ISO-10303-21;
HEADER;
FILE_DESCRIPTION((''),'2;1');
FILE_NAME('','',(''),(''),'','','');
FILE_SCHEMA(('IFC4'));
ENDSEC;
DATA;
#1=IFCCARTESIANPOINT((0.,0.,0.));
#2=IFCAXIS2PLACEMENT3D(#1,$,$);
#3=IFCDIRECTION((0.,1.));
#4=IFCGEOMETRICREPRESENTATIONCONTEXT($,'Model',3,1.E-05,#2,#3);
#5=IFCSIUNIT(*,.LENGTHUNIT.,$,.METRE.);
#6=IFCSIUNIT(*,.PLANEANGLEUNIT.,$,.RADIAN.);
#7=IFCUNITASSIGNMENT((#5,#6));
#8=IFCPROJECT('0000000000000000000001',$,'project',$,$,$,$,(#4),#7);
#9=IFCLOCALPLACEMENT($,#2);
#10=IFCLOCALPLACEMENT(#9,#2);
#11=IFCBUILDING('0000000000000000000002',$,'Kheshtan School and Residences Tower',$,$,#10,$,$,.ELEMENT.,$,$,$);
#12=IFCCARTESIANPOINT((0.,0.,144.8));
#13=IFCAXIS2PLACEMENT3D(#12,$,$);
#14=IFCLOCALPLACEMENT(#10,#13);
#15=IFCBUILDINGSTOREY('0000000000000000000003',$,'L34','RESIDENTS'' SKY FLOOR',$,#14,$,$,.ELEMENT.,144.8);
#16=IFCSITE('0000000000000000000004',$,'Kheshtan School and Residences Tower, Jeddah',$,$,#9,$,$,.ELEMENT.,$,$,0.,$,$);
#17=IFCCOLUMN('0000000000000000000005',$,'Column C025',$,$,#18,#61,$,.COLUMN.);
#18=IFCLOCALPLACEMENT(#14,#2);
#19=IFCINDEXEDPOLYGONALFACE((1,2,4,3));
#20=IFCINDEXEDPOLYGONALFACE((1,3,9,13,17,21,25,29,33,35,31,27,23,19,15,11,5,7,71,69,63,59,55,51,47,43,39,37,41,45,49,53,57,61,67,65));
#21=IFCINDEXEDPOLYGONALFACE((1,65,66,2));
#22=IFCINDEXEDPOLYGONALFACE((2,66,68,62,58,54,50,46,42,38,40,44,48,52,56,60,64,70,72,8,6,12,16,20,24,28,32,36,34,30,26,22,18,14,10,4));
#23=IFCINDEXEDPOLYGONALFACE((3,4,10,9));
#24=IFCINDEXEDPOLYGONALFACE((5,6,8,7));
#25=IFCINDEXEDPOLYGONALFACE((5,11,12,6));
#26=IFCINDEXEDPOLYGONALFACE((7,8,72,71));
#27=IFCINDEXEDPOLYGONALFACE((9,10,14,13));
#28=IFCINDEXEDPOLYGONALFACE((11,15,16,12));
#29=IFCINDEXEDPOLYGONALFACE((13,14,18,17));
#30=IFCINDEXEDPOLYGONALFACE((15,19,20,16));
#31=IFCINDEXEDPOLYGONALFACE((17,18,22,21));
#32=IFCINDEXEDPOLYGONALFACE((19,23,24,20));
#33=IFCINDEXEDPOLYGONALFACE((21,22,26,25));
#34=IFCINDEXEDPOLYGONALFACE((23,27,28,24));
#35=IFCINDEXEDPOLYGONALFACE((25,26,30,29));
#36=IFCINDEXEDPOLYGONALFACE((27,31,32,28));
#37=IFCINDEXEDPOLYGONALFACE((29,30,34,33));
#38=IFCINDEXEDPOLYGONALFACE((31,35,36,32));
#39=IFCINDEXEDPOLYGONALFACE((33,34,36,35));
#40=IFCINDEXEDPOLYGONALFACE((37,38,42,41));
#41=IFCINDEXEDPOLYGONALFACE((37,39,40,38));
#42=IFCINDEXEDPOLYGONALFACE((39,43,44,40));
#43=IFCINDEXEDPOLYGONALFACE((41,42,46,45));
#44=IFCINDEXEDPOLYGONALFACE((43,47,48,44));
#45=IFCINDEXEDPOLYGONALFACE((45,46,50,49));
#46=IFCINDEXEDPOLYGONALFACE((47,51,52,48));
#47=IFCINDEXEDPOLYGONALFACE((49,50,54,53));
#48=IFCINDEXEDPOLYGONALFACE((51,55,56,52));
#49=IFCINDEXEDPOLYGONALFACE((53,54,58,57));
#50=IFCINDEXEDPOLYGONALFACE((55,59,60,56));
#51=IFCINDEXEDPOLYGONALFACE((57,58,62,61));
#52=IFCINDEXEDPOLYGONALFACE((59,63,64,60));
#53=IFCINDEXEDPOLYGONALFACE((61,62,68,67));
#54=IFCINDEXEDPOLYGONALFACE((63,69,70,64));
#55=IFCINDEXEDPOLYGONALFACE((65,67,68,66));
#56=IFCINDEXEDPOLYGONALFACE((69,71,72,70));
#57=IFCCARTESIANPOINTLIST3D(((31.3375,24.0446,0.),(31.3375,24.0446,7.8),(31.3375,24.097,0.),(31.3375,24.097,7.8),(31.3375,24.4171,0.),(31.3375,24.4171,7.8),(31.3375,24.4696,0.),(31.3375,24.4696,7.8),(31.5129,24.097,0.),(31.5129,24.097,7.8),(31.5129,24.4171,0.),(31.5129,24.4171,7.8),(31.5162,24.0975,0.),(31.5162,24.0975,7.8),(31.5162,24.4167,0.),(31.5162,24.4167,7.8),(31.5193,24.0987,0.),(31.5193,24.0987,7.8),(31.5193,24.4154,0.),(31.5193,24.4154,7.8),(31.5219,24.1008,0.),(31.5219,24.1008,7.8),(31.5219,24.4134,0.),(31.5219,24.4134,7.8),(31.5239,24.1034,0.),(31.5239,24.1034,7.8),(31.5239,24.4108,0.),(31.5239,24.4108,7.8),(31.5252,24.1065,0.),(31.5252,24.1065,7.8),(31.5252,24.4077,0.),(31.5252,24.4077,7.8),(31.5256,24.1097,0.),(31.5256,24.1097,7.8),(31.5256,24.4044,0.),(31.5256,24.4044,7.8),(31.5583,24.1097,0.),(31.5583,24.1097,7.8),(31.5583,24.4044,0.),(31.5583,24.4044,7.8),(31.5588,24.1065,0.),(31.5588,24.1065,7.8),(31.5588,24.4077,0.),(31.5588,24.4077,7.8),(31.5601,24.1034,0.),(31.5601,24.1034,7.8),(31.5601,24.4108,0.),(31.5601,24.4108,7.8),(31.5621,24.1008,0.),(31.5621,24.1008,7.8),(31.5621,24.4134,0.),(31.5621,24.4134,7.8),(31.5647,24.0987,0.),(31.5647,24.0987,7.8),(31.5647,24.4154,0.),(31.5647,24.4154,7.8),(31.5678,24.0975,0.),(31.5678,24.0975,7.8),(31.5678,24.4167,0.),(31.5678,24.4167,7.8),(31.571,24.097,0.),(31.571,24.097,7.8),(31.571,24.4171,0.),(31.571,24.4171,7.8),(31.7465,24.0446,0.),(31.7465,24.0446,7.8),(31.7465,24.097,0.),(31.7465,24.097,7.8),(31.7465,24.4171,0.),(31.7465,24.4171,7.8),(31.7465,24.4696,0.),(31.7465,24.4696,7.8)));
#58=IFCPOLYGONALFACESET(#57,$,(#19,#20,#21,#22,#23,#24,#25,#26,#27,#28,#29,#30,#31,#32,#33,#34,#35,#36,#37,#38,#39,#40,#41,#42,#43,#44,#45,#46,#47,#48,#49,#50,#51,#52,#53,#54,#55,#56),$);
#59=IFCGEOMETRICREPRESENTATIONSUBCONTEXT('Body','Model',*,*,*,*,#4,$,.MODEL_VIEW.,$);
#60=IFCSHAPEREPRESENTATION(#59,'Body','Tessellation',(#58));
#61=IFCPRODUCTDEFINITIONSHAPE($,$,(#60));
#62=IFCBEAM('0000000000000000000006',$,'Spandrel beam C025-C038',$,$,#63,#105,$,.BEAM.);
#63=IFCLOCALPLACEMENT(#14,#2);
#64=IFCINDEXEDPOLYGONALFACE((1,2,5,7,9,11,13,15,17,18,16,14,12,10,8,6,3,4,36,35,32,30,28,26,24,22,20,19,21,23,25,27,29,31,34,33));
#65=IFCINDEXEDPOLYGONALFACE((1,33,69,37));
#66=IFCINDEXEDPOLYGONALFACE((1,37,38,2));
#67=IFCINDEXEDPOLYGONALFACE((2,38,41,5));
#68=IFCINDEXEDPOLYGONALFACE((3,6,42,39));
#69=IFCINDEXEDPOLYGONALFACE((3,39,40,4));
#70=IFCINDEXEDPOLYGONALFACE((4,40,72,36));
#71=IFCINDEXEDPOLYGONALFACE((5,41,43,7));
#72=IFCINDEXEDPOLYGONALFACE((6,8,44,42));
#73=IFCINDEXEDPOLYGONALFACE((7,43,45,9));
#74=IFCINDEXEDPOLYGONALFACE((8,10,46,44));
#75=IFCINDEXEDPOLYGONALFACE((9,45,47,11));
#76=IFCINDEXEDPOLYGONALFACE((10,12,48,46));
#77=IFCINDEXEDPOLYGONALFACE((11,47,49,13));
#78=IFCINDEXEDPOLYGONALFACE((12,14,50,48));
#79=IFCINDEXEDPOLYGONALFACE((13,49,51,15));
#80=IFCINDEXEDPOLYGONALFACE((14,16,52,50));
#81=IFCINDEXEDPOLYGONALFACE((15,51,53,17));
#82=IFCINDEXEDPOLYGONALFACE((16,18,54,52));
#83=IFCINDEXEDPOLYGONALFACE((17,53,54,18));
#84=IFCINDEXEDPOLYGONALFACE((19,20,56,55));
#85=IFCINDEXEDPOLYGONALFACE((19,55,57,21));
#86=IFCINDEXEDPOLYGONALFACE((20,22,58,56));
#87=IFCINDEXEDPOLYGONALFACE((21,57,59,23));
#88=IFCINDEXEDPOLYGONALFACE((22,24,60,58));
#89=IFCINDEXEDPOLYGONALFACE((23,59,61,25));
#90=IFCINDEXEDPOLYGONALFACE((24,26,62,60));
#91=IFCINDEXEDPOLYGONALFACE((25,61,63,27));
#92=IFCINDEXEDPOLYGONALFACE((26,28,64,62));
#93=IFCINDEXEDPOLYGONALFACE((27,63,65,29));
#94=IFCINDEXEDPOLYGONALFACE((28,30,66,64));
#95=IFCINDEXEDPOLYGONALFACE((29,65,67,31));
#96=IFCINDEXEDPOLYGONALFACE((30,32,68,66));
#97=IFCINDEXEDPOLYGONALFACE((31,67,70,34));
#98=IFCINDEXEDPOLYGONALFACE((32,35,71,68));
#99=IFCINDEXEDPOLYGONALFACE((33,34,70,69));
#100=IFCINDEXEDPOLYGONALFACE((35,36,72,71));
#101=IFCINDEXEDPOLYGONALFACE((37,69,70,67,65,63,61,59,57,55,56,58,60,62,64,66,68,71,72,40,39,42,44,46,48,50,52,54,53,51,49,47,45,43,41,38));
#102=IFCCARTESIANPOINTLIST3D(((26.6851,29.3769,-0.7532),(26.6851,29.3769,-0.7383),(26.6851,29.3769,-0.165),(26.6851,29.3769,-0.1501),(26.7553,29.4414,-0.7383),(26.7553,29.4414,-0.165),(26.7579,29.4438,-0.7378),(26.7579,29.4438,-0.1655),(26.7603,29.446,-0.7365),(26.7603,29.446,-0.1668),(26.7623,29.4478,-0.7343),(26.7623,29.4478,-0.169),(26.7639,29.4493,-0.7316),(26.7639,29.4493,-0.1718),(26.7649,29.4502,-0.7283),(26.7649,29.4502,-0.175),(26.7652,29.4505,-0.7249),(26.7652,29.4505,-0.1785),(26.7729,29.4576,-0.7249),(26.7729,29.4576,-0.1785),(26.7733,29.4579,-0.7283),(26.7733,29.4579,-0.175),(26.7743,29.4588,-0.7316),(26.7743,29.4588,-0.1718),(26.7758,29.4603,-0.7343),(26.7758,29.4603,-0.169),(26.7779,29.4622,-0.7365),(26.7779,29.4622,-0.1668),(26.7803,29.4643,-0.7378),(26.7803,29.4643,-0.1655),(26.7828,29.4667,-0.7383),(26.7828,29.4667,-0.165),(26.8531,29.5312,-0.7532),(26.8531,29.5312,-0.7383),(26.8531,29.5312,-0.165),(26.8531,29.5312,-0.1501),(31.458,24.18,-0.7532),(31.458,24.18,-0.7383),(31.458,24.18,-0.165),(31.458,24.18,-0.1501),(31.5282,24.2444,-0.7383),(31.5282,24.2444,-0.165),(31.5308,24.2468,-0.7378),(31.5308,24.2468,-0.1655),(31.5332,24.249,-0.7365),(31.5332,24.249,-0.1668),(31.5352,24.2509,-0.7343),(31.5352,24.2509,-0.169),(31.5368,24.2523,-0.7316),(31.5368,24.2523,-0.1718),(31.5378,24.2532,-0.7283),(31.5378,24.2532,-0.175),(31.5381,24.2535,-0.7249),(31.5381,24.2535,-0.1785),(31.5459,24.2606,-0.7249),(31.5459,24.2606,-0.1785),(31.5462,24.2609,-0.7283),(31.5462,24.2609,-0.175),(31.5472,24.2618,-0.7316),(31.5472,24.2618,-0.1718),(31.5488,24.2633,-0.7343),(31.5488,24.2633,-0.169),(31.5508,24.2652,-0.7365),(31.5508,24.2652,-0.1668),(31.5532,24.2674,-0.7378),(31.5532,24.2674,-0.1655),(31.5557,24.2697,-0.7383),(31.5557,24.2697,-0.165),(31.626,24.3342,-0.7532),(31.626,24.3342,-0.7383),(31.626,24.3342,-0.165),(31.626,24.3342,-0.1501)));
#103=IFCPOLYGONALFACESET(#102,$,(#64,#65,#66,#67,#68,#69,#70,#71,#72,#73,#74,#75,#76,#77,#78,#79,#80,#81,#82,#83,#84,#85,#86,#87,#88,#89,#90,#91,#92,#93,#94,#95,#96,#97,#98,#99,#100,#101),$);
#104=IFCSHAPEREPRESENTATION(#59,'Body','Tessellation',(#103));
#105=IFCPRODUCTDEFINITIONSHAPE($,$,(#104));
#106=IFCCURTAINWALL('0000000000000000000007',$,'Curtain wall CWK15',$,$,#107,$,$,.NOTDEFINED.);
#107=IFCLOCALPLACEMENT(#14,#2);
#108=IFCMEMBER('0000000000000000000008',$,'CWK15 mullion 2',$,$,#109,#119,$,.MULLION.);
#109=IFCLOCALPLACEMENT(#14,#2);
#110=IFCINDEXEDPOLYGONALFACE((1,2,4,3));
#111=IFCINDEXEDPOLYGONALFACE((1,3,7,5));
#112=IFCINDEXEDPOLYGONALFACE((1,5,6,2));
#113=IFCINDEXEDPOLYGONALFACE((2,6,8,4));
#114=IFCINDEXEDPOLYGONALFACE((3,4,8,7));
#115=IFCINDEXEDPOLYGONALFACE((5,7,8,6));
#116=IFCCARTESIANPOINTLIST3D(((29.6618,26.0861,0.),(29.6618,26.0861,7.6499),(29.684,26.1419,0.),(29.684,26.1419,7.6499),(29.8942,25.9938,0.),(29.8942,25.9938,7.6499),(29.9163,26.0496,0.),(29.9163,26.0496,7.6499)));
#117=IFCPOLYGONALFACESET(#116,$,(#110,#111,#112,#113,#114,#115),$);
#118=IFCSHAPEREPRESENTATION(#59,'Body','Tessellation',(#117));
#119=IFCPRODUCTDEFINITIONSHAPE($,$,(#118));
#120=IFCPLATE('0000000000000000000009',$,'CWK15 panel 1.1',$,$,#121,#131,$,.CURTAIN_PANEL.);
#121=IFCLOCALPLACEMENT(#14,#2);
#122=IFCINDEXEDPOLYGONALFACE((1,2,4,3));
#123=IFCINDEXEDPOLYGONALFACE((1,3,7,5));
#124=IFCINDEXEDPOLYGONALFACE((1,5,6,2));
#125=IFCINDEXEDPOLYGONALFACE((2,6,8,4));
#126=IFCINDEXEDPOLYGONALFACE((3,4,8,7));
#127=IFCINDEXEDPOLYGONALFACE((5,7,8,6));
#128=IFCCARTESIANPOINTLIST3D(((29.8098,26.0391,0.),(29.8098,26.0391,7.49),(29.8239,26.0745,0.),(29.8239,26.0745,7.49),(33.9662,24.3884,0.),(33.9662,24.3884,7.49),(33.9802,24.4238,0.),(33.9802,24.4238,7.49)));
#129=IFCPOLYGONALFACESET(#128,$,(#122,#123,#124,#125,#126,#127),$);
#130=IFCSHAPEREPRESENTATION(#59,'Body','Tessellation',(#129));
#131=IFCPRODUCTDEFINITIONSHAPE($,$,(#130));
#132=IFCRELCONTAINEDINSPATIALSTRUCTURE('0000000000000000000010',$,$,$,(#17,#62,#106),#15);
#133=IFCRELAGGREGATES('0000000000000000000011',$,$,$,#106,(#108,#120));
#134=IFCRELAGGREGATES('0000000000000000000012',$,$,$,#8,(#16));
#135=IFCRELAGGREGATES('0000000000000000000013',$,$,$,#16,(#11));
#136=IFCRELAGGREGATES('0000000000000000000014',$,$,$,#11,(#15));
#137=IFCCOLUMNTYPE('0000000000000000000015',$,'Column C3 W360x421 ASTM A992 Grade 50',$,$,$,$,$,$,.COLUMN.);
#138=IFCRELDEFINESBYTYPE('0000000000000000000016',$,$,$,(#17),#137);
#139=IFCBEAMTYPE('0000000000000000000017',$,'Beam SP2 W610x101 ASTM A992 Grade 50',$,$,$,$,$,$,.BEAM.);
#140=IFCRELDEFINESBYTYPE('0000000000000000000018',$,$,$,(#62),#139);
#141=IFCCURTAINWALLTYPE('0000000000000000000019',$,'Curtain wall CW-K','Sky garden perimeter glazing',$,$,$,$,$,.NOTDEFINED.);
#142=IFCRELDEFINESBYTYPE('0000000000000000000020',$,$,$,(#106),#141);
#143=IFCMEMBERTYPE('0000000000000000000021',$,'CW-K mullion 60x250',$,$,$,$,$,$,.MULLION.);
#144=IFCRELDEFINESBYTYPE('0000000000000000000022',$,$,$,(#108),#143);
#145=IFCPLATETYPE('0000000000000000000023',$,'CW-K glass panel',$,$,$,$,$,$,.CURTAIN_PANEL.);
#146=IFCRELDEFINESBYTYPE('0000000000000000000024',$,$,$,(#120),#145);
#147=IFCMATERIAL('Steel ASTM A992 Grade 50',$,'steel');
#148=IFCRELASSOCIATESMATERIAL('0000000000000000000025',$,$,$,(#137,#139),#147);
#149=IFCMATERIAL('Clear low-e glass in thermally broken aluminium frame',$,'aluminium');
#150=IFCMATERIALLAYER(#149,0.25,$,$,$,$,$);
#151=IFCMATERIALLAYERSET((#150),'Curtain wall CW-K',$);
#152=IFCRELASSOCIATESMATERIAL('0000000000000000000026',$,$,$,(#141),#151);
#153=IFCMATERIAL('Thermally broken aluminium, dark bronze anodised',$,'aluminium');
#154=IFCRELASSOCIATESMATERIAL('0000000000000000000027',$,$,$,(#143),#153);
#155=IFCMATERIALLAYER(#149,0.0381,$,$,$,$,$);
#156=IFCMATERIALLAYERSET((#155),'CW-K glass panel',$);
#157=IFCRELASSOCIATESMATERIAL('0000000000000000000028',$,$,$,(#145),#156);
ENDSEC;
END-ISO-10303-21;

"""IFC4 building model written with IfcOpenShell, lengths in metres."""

from ifc_helpers import new_model, si_unit, direction, frame, origin, origin_2d, place, context, subcontext, project, spatial, rectangle, i_section, extrude, material, layer, layer_set, material_profile, profile_set, type_object, element, aggregate, save


model = new_model("IFC4")

# Units and contexts
model_context = context("Model", 3, precision=1e-05, world=origin(), true_north=direction((0.0, 1.0)))
body_context = subcontext(model_context, "Body", "Model", "MODEL_VIEW")
ifc_project = project(units=[si_unit("LENGTHUNIT", "METRE"), si_unit("PLANEANGLEUNIT", "RADIAN")], contexts=[model_context])

# Site, building, storey
site_placement = place(None, origin())
site = spatial("IfcSite", under=ifc_project, at=site_placement, Name="Kheshtan School and Residences Tower, Jeddah", CompositionType="ELEMENT", RefElevation=0.0)
building_placement = place(site_placement, origin())
building = spatial("IfcBuilding", under=site, at=building_placement, Name="Kheshtan School and Residences Tower", CompositionType="ELEMENT")
storey_placement = place(building_placement, frame((0.0, 0.0, 144.8)))
storey = spatial("IfcBuildingStorey", under=building, at=storey_placement, Name="L34", Description="RESIDENTS' SKY FLOOR", CompositionType="ELEMENT", Elevation=144.8)

# Column
ifc_material_1 = material(Name="Steel ASTM A992 Grade 50", Category="steel")
ifc_material_profile_1 = material_profile(ifc_material_1, i_section(OverallWidth=0.4089, OverallDepth=0.425, WebThickness=0.0327, FlangeThickness=0.0525, FilletRadius=0.0127, at=origin_2d()), Name="W360x421")
ifc_profile_set_1 = profile_set([ifc_material_profile_1], Name="Steel ASTM A992 Grade 50")
column_type = type_object("IfcColumnType", Name="Column C3 W360x421 ASTM A992 Grade 50", PredefinedType="COLUMN", material=ifc_profile_set_1)
column_placement = place(storey_placement, frame((31.542, 24.2571, 0.0), z_axis=(0.0, 0.0, 1.0), x_axis=(1.0, 0.0, 0.0)))
element("IfcColumn", 1, at=column_placement, inside=storey, type_object=column_type, Name="Column C025", PredefinedType="COLUMN", context=body_context, shape_type="SweptSolid", body=[
    extrude(i_section(OverallWidth=0.4089, OverallDepth=0.425, WebThickness=0.0327, FlangeThickness=0.0525, FilletRadius=0.0127, at=origin_2d()), origin(), (0.0, 0.0, 1.0), 7.8),
])

# Beam
ifc_material_profile_2 = material_profile(ifc_material_1, i_section(OverallWidth=0.228, OverallDepth=0.603, WebThickness=0.0105, FlangeThickness=0.0149, FilletRadius=0.0134, at=origin_2d()), Name="W610x101")
ifc_profile_set_2 = profile_set([ifc_material_profile_2], Name="Steel ASTM A992 Grade 50")
beam_type = type_object("IfcBeamType", Name="Beam SP2 W610x101 ASTM A992 Grade 50", PredefinedType="BEAM", material=ifc_profile_set_2)
beam_placement = place(storey_placement, frame((31.542, 24.2571, -0.4517), z_axis=(-0.676418, 0.736518, 0.0), x_axis=(-0.736518, -0.676418, 0.0)))
element("IfcBeam", 2, at=beam_placement, inside=storey, type_object=beam_type, Name="Spandrel beam C025-C038", PredefinedType="BEAM", context=body_context, shape_type="SweptSolid", body=[
    extrude(i_section(OverallWidth=0.228, OverallDepth=0.603, WebThickness=0.0105, FlangeThickness=0.0149, FilletRadius=0.0134, at=origin_2d()), origin(), (0.0, 0.0, 1.0), 7.0562),
])

# Curtain wall, member, plate
ifc_material_2 = material(Name="Clear low-e glass in thermally broken aluminium frame", Category="aluminium")
ifc_layer_1 = layer(ifc_material_2, 0.25)
ifc_layer_set_1 = layer_set([ifc_layer_1], Name="Curtain wall CW-K")
curtain_wall_type = type_object("IfcCurtainWallType", Name="Curtain wall CW-K", Description="Sky garden perimeter glazing", PredefinedType="NOTDEFINED", material=ifc_layer_set_1)
curtain_wall_placement = place(storey_placement, origin())
curtain_wall = element("IfcCurtainWall", 3, at=curtain_wall_placement, inside=storey, type_object=curtain_wall_type, Name="Curtain wall CWK15", PredefinedType="NOTDEFINED")
ifc_material_3 = material(Name="Thermally broken aluminium, dark bronze anodised", Category="aluminium")
ifc_material_profile_3 = material_profile(ifc_material_3, rectangle(XDim=0.0601, YDim=0.25, at=origin_2d()), Name="CW-K mullion 60x250")
ifc_profile_set_3 = profile_set([ifc_material_profile_3], Name="Thermally broken aluminium, dark bronze anodised")
member_type = type_object("IfcMemberType", Name="CW-K mullion 60x250", PredefinedType="MULLION", material=ifc_profile_set_3)
member_placement = place(storey_placement, frame((29.7891, 26.0679, 0.0), z_axis=(0.0, 0.0, 1.0), x_axis=(-0.369099, -0.92939, 0.0)))
member = element("IfcMember", 4, at=member_placement, type_object=member_type, Name="CWK15 mullion 2", PredefinedType="MULLION", context=body_context, shape_type="SweptSolid", body=[
    extrude(rectangle(XDim=0.0601, YDim=0.25, at=origin_2d()), origin(), (0.0, 0.0, 1.0), 7.6499),
])
ifc_layer_2 = layer(ifc_material_2, 0.0381)
ifc_layer_set_2 = layer_set([ifc_layer_2], Name="CW-K glass panel")
plate_type = type_object("IfcPlateType", Name="CW-K glass panel", PredefinedType="CURTAIN_PANEL", material=ifc_layer_set_2)
plate_placement = place(storey_placement, frame((31.895, 25.2314, 0.0), z_axis=(0.0, 0.0, 1.0), x_axis=(-0.92939, 0.369099, 0.0)))
plate = element("IfcPlate", 5, at=plate_placement, type_object=plate_type, Name="CWK15 panel 1.1", PredefinedType="CURTAIN_PANEL", context=body_context, shape_type="SweptSolid", body=[
    extrude(rectangle(XDim=4.4722, YDim=0.0381, at=origin_2d()), origin(), (0.0, 0.0, 1.0), 7.49),
])
aggregate(curtain_wall, [member, plate])

save(model, "model.ifc")
